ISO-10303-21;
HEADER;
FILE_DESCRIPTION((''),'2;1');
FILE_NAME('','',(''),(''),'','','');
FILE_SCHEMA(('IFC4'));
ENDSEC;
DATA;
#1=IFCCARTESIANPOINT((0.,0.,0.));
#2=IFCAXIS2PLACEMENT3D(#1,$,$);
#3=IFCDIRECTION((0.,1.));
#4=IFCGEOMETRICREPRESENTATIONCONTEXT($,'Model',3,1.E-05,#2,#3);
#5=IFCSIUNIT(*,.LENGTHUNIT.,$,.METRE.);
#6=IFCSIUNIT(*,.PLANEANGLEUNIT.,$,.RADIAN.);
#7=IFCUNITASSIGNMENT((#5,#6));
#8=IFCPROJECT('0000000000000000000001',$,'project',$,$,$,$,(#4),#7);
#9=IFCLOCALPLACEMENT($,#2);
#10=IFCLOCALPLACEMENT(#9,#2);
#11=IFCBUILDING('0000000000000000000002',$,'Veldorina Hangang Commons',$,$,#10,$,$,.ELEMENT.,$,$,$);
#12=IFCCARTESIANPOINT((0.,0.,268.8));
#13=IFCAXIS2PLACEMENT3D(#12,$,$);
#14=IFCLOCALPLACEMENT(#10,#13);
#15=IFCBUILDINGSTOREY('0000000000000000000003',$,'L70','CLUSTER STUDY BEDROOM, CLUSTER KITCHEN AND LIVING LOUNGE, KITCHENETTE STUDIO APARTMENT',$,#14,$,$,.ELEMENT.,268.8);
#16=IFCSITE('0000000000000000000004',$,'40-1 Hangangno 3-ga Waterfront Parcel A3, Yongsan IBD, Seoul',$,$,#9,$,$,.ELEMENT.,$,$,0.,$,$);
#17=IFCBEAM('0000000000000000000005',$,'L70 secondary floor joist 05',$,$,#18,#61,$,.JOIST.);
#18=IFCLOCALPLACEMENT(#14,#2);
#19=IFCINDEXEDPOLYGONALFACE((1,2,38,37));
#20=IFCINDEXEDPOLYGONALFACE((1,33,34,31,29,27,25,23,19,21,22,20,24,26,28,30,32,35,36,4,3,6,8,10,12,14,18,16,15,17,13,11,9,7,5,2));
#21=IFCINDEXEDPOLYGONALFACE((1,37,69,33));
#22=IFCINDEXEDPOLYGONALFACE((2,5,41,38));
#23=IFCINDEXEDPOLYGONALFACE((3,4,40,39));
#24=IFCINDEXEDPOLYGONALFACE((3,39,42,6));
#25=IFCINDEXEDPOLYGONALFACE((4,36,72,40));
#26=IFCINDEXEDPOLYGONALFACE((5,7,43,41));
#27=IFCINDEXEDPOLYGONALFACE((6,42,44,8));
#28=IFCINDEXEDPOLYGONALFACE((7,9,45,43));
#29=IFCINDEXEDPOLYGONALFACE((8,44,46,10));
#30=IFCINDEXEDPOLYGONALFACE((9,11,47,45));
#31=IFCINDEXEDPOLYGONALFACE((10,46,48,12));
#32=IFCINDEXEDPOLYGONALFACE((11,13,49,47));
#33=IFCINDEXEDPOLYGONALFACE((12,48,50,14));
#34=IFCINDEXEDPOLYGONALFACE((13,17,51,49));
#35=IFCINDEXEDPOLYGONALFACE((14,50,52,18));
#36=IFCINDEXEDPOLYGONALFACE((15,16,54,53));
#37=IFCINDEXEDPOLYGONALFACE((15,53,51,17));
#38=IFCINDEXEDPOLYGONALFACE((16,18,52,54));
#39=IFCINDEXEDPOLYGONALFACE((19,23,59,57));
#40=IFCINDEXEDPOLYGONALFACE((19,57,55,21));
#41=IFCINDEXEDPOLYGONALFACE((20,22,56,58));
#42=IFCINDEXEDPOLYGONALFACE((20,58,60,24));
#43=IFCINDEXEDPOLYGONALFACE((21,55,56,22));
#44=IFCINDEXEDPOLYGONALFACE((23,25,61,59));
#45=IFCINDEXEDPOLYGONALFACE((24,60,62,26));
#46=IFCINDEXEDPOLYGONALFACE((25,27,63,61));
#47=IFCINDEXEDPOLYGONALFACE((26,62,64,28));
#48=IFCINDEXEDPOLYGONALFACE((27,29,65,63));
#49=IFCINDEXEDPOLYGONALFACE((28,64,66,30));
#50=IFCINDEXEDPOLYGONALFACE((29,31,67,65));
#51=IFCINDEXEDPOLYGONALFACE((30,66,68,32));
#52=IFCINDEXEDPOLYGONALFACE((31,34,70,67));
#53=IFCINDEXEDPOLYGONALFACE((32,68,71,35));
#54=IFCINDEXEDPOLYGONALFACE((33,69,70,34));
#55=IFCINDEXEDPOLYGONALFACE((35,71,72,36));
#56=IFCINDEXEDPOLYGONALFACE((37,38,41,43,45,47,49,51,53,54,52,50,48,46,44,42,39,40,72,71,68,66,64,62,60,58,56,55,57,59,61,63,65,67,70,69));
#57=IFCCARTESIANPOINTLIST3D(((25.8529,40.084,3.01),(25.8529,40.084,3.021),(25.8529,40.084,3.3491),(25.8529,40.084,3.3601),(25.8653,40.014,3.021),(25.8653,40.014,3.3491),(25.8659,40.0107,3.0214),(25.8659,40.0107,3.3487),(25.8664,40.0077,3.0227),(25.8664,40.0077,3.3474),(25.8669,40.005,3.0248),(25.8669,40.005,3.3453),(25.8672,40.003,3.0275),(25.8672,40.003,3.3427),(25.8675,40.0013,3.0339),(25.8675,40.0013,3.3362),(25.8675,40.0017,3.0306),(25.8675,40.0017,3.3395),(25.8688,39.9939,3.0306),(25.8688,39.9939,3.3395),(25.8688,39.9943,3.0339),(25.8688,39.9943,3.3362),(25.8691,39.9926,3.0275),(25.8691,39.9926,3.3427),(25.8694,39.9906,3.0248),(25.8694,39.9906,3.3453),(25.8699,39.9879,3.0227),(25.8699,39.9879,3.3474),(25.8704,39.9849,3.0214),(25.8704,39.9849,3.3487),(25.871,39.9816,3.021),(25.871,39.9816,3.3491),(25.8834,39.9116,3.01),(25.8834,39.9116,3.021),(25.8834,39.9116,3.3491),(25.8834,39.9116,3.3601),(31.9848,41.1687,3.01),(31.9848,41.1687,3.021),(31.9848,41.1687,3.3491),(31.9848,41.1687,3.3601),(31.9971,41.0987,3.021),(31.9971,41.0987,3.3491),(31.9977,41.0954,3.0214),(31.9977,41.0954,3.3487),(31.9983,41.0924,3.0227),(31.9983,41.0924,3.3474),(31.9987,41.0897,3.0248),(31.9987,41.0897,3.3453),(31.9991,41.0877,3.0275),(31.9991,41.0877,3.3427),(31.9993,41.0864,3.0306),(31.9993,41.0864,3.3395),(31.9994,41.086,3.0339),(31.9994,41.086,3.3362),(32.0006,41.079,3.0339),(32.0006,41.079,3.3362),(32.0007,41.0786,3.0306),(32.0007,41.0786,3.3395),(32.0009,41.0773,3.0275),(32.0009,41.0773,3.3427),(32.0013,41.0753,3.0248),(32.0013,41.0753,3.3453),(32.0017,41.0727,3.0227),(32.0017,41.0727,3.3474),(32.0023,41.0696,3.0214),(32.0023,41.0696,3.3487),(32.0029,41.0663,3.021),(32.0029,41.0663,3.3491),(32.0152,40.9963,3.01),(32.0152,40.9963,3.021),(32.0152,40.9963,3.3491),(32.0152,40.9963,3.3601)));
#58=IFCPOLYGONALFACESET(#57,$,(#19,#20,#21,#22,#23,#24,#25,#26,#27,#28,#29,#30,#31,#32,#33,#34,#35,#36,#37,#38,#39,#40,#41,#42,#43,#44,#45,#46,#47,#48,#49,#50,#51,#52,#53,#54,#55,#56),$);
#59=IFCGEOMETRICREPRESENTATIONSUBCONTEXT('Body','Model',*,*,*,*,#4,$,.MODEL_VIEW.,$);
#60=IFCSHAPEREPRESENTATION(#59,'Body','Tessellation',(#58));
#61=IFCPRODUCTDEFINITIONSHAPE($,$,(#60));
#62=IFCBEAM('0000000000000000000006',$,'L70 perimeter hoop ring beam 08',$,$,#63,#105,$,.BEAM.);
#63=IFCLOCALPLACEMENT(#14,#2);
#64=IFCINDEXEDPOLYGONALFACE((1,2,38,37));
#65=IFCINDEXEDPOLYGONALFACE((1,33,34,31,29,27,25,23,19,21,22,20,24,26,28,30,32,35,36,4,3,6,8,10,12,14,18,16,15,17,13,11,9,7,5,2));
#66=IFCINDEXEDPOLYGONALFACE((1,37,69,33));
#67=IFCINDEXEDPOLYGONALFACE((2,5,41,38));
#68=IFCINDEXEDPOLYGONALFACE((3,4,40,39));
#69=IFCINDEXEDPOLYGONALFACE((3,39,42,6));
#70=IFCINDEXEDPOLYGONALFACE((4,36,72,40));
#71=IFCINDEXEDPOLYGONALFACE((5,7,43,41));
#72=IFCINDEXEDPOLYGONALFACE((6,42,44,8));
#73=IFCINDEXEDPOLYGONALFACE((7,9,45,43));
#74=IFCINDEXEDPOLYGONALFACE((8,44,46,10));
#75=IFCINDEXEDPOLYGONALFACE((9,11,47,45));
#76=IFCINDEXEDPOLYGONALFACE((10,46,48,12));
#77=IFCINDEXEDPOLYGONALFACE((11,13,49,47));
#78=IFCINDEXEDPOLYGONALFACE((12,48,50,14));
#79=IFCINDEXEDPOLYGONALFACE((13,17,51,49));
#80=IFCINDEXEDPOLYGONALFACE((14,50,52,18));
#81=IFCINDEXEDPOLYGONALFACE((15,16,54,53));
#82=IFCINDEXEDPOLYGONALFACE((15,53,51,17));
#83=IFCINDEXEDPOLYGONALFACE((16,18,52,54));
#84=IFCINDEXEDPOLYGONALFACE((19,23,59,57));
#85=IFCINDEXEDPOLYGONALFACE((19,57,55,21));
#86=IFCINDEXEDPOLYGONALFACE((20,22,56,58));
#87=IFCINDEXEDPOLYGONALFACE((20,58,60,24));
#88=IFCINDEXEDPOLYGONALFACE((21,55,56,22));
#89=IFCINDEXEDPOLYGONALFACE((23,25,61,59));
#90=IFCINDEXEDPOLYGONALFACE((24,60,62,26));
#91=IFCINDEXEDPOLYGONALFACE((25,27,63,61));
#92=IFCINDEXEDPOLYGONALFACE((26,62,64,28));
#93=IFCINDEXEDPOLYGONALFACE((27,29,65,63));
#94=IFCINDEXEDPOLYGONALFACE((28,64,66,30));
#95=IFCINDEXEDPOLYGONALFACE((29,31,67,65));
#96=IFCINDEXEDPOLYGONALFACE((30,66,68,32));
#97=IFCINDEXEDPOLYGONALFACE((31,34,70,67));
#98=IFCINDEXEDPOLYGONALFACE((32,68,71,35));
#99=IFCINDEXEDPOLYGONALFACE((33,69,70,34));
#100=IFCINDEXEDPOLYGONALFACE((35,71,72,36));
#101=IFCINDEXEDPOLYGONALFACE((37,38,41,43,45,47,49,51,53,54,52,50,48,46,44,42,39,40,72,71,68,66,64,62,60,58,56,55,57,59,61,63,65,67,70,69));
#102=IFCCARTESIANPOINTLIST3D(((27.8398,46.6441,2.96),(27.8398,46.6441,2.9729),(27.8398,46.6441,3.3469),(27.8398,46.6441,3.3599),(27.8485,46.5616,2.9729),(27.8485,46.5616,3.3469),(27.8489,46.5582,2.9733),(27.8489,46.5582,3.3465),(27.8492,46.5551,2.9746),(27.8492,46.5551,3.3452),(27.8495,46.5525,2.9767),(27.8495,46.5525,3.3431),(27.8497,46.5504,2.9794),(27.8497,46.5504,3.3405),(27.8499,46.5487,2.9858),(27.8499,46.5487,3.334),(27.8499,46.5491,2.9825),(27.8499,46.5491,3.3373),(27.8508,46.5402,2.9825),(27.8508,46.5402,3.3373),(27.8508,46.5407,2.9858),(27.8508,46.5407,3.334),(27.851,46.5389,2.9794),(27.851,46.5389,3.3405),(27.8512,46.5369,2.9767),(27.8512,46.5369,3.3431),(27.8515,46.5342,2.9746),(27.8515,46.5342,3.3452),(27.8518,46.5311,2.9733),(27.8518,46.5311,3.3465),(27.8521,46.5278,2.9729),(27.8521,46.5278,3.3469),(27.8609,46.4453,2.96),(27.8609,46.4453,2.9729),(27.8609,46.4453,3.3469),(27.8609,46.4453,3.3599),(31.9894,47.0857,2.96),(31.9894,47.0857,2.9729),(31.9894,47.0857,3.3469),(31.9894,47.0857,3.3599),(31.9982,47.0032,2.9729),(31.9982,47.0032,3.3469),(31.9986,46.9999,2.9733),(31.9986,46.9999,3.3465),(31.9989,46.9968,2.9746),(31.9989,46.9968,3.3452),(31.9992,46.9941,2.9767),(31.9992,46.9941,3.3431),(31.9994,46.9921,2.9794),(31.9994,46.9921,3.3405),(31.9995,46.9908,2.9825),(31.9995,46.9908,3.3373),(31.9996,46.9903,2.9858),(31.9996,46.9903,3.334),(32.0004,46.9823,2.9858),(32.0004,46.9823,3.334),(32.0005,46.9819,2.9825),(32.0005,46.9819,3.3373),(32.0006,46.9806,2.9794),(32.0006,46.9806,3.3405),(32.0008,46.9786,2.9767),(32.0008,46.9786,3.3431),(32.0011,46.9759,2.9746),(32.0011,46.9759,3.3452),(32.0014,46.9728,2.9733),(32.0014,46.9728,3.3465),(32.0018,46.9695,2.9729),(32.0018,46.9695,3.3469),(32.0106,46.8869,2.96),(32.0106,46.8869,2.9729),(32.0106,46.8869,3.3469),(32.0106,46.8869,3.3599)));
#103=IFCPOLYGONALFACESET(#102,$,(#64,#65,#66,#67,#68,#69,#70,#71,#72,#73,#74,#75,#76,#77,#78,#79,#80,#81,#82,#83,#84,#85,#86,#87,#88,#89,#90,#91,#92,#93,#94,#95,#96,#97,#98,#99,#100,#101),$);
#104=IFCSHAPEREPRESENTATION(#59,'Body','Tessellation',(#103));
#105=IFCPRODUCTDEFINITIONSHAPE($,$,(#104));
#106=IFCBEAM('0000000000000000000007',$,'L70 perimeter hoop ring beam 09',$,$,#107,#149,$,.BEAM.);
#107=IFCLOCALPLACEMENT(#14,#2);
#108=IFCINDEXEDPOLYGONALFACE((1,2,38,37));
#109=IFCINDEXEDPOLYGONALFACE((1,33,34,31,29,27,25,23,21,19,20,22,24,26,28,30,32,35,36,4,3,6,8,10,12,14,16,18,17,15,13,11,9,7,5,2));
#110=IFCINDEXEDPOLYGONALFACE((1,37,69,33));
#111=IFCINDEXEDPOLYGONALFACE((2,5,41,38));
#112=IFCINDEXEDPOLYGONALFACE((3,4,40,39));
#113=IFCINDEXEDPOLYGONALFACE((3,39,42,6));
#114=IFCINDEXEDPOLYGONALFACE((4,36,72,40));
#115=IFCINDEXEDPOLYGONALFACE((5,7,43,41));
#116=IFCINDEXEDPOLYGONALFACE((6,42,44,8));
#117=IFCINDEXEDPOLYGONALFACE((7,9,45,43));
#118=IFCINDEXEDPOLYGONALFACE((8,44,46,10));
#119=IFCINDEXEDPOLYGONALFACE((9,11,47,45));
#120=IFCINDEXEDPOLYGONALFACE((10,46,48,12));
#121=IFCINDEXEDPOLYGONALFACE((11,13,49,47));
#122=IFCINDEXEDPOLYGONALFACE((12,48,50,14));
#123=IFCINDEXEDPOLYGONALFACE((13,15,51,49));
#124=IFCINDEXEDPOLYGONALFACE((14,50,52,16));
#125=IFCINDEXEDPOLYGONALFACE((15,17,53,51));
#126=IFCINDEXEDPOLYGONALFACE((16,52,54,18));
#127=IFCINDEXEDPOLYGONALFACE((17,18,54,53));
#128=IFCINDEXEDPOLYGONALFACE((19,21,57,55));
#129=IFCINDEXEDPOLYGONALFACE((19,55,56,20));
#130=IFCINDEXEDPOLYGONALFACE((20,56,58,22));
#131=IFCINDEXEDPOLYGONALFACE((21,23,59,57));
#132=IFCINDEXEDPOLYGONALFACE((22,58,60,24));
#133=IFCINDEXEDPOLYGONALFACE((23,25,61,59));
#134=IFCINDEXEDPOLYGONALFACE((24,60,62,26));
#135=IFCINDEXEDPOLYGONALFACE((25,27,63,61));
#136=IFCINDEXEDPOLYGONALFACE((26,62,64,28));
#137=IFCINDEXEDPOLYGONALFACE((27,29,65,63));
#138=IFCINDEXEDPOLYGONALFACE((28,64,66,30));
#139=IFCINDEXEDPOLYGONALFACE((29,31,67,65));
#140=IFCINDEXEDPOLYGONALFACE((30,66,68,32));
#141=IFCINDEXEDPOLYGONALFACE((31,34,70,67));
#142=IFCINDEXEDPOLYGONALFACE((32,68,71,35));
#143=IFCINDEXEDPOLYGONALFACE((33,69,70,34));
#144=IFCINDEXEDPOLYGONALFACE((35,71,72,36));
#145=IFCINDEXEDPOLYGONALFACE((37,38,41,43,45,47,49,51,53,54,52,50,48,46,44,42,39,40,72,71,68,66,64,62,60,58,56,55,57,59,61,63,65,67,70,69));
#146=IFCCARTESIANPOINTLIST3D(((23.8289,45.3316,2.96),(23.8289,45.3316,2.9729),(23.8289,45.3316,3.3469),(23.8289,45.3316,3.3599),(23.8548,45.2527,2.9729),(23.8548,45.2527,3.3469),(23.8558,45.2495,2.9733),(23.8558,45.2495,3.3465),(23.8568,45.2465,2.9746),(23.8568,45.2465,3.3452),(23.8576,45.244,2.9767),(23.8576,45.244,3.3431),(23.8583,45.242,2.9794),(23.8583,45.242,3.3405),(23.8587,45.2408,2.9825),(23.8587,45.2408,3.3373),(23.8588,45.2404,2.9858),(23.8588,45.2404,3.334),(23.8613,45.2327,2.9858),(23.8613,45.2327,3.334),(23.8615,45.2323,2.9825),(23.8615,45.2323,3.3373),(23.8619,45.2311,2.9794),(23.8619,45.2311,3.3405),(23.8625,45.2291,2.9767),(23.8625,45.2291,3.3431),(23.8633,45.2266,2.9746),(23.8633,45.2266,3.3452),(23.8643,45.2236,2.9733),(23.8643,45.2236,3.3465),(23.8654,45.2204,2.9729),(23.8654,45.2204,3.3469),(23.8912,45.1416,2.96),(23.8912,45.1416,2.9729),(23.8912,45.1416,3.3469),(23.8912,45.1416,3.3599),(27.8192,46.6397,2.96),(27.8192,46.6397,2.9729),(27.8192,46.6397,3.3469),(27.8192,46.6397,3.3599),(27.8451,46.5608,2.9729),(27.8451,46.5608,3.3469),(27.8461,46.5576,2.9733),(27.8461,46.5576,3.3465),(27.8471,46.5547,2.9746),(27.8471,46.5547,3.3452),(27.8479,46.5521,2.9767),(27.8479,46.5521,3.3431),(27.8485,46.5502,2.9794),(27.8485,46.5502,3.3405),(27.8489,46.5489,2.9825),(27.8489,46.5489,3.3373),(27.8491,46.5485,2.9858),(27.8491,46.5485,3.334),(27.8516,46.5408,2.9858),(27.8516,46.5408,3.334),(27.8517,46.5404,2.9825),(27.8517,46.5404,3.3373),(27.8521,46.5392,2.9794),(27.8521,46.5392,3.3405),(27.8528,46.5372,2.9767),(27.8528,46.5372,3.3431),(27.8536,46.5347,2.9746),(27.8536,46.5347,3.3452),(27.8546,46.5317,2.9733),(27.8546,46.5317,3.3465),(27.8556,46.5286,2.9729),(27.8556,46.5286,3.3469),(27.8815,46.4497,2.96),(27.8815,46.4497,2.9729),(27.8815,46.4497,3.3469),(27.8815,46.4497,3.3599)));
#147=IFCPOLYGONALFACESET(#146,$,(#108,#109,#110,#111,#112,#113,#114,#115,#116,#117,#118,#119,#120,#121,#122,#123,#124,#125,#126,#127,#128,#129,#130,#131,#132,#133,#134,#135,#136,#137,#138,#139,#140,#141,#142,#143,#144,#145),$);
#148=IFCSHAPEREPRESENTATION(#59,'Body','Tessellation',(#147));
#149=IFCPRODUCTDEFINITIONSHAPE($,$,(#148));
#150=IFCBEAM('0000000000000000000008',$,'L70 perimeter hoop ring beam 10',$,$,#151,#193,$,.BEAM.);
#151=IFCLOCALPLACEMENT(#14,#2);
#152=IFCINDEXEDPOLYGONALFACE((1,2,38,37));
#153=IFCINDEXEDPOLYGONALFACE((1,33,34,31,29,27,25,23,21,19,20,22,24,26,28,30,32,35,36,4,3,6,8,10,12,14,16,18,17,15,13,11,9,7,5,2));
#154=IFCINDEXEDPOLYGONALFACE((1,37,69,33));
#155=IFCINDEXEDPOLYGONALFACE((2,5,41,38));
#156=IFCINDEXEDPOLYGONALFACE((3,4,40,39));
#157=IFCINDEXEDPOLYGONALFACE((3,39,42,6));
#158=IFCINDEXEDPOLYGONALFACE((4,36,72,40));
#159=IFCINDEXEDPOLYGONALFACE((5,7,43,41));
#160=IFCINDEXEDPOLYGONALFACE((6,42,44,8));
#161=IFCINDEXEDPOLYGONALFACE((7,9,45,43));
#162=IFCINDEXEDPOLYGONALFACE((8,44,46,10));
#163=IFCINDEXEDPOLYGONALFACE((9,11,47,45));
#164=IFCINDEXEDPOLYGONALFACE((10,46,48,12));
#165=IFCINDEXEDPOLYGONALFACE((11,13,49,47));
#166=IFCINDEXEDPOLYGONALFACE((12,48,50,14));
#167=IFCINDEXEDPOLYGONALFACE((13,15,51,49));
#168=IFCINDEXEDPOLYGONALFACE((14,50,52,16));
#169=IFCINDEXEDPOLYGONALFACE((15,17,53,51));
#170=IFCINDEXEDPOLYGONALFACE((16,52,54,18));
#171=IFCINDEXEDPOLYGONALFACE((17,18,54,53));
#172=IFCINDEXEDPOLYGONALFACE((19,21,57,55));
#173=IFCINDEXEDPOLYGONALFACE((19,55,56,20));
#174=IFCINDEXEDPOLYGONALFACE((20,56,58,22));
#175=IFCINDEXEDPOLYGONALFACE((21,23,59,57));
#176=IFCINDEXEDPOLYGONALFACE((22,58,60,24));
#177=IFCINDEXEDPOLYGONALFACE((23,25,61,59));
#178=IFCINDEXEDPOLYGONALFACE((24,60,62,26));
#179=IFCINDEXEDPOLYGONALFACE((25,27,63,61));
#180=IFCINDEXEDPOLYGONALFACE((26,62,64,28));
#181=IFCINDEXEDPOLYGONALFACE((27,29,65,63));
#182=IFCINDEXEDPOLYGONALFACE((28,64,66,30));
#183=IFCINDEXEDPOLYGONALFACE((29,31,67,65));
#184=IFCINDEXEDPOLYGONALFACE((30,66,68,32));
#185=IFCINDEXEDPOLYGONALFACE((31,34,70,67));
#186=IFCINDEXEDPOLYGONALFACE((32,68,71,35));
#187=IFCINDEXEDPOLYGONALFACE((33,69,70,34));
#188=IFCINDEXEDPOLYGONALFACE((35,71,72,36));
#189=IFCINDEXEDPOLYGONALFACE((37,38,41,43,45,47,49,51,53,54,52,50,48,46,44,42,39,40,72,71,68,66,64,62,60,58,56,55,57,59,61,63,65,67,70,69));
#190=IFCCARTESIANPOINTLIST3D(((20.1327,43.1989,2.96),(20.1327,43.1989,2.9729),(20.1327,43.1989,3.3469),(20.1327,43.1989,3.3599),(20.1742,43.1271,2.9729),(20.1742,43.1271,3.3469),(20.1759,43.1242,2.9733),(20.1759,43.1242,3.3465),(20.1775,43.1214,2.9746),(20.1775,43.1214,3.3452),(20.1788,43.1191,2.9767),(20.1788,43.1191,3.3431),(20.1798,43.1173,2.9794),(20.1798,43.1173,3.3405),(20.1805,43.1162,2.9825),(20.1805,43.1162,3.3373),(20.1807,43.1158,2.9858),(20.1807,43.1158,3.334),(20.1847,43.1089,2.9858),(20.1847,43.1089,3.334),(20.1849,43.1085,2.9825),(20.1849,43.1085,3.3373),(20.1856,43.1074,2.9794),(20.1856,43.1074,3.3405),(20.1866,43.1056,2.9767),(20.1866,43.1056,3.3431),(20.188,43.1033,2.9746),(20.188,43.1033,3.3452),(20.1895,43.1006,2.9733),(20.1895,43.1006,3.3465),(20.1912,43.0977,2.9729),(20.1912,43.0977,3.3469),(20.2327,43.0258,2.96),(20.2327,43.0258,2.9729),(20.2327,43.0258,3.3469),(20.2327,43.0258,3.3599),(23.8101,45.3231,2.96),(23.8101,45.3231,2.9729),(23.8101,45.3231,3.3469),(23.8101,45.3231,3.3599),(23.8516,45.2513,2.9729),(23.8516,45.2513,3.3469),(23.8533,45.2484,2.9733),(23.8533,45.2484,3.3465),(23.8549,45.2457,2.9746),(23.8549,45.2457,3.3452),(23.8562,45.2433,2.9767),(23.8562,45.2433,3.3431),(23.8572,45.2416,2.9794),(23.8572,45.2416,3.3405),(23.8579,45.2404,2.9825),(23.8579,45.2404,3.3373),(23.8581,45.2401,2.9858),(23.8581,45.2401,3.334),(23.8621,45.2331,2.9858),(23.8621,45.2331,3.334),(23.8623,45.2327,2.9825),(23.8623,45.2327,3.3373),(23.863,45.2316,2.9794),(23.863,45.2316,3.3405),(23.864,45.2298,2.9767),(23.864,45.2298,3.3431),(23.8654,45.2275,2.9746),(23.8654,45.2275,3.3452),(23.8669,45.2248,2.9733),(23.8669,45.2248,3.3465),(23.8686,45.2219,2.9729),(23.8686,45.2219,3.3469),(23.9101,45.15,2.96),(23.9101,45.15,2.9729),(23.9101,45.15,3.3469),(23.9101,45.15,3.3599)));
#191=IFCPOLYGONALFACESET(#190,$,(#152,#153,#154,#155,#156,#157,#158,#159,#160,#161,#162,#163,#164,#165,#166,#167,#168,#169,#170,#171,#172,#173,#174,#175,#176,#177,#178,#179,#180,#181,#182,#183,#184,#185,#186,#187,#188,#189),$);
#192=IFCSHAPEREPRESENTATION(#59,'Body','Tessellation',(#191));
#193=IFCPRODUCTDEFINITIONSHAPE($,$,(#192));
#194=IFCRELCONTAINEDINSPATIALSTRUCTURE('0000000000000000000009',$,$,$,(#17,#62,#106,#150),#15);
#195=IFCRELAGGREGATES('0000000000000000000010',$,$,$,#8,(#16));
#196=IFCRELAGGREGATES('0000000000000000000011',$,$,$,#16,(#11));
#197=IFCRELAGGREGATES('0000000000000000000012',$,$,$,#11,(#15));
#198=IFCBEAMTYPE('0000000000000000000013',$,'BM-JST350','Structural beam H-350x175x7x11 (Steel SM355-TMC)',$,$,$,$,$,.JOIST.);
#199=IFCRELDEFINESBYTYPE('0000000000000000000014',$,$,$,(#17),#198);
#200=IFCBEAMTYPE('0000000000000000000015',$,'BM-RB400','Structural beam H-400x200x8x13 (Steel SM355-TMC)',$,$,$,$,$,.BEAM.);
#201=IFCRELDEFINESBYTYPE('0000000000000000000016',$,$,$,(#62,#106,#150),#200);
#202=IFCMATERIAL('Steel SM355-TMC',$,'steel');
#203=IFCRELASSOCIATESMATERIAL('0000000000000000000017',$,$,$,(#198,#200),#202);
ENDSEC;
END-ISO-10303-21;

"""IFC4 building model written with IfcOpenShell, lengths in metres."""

from ifc_helpers import new_model, si_unit, direction, frame, origin, origin_2d, place, context, subcontext, project, spatial, i_section, extrude, material, material_profile, profile_set, type_object, element, save


model = new_model("IFC4")

# Units and contexts
model_context = context("Model", 3, precision=1e-05, world=origin(), true_north=direction((0.0, 1.0)))
body_context = subcontext(model_context, "Body", "Model", "MODEL_VIEW")
ifc_project = project(units=[si_unit("LENGTHUNIT", "METRE"), si_unit("PLANEANGLEUNIT", "RADIAN")], contexts=[model_context])

# Site, building, storey
site_placement = place(None, origin())
site = spatial("IfcSite", under=ifc_project, at=site_placement, Name="40-1 Hangangno 3-ga Waterfront Parcel A3, Yongsan IBD, Seoul", CompositionType="ELEMENT", RefElevation=0.0)
building_placement = place(site_placement, origin())
building = spatial("IfcBuilding", under=site, at=building_placement, Name="Veldorina Hangang Commons", CompositionType="ELEMENT")
storey_placement = place(building_placement, frame((0.0, 0.0, 268.8)))
storey = spatial("IfcBuildingStorey", under=building, at=storey_placement, Name="L70", Description="CLUSTER STUDY BEDROOM, CLUSTER KITCHEN AND LIVING LOUNGE, KITCHENETTE STUDIO APARTMENT", CompositionType="ELEMENT", Elevation=268.8)

# Beams
ifc_material_1 = material(Name="Steel SM355-TMC", Category="steel")
ifc_material_profile_1 = material_profile(ifc_material_1, i_section(OverallWidth=0.175, OverallDepth=0.3501, WebThickness=0.0071, FlangeThickness=0.011, FilletRadius=0.0129, at=origin_2d()), Name="H-350x175x7x11")
ifc_profile_set_1 = profile_set([ifc_material_profile_1], Name="Steel SM355-TMC")
beam_type_1 = type_object("IfcBeamType", Name="BM-JST350", Description="Structural beam H-350x175x7x11 (Steel SM355-TMC)", PredefinedType="JOIST", material=ifc_profile_set_1)
beam_1_placement = place(storey_placement, frame((32.0, 41.0825, 3.1851), z_axis=(-0.984711, -0.174195, 0.0), x_axis=(0.174195, -0.984711, 0.0)))
element("IfcBeam", 1, at=beam_1_placement, inside=storey, type_object=beam_type_1, Name="L70 secondary floor joist 05", PredefinedType="JOIST", context=body_context, shape_type="SweptSolid", body=[
    extrude(i_section(OverallWidth=0.175, OverallDepth=0.3501, WebThickness=0.0071, FlangeThickness=0.011, FilletRadius=0.0129, at=origin_2d()), origin(), (0.0, 0.0, 1.0), 6.2271),
])
ifc_material_profile_2 = material_profile(ifc_material_1, i_section(OverallWidth=0.2, OverallDepth=0.3999, WebThickness=0.0081, FlangeThickness=0.0129, FilletRadius=0.0129, at=origin_2d()), Name="H-400x200x8x13")
ifc_profile_set_2 = profile_set([ifc_material_profile_2], Name="Steel SM355-TMC")
beam_type_2 = type_object("IfcBeamType", Name="BM-RB400", Description="Structural beam H-400x200x8x13 (Steel SM355-TMC)", PredefinedType="BEAM", material=ifc_profile_set_2)
beam_2_placement = place(storey_placement, frame((32.0, 46.9863, 3.1599), z_axis=(-0.994384, -0.105833, 0.0), x_axis=(0.105833, -0.994384, 0.0)))
element("IfcBeam", 2, at=beam_2_placement, inside=storey, type_object=beam_type_2, Name="L70 perimeter hoop ring beam 08", PredefinedType="BEAM", context=body_context, shape_type="SweptSolid", body=[
    extrude(i_section(OverallWidth=0.2, OverallDepth=0.3999, WebThickness=0.0081, FlangeThickness=0.0129, FilletRadius=0.0129, at=origin_2d()), origin(), (0.0, 0.0, 1.0), 4.1731),
])
beam_3_placement = place(storey_placement, frame((27.8503, 46.5447, 3.1599), z_axis=(-0.950241, -0.311515, 0.0), x_axis=(0.311515, -0.950241, 0.0)))
element("IfcBeam", 3, at=beam_3_placement, inside=storey, type_object=beam_type_2, Name="L70 perimeter hoop ring beam 09", PredefinedType="BEAM", context=body_context, shape_type="SweptSolid", body=[
    extrude(i_section(OverallWidth=0.2, OverallDepth=0.3999, WebThickness=0.0081, FlangeThickness=0.0129, FilletRadius=0.0129, at=origin_2d()), origin(), (0.0, 0.0, 1.0), 4.1992),
])
beam_4_placement = place(storey_placement, frame((23.8601, 45.2366, 3.1599), z_axis=(-0.865917, -0.500189, 0.0), x_axis=(0.500189, -0.865917, 0.0)))
element("IfcBeam", 4, at=beam_4_placement, inside=storey, type_object=beam_type_2, Name="L70 perimeter hoop ring beam 10", PredefinedType="BEAM", context=body_context, shape_type="SweptSolid", body=[
    extrude(i_section(OverallWidth=0.2, OverallDepth=0.3999, WebThickness=0.0081, FlangeThickness=0.0129, FilletRadius=0.0129, at=origin_2d()), origin(), (0.0, 0.0, 1.0), 4.2468),
])

save(model, "model.ifc")
